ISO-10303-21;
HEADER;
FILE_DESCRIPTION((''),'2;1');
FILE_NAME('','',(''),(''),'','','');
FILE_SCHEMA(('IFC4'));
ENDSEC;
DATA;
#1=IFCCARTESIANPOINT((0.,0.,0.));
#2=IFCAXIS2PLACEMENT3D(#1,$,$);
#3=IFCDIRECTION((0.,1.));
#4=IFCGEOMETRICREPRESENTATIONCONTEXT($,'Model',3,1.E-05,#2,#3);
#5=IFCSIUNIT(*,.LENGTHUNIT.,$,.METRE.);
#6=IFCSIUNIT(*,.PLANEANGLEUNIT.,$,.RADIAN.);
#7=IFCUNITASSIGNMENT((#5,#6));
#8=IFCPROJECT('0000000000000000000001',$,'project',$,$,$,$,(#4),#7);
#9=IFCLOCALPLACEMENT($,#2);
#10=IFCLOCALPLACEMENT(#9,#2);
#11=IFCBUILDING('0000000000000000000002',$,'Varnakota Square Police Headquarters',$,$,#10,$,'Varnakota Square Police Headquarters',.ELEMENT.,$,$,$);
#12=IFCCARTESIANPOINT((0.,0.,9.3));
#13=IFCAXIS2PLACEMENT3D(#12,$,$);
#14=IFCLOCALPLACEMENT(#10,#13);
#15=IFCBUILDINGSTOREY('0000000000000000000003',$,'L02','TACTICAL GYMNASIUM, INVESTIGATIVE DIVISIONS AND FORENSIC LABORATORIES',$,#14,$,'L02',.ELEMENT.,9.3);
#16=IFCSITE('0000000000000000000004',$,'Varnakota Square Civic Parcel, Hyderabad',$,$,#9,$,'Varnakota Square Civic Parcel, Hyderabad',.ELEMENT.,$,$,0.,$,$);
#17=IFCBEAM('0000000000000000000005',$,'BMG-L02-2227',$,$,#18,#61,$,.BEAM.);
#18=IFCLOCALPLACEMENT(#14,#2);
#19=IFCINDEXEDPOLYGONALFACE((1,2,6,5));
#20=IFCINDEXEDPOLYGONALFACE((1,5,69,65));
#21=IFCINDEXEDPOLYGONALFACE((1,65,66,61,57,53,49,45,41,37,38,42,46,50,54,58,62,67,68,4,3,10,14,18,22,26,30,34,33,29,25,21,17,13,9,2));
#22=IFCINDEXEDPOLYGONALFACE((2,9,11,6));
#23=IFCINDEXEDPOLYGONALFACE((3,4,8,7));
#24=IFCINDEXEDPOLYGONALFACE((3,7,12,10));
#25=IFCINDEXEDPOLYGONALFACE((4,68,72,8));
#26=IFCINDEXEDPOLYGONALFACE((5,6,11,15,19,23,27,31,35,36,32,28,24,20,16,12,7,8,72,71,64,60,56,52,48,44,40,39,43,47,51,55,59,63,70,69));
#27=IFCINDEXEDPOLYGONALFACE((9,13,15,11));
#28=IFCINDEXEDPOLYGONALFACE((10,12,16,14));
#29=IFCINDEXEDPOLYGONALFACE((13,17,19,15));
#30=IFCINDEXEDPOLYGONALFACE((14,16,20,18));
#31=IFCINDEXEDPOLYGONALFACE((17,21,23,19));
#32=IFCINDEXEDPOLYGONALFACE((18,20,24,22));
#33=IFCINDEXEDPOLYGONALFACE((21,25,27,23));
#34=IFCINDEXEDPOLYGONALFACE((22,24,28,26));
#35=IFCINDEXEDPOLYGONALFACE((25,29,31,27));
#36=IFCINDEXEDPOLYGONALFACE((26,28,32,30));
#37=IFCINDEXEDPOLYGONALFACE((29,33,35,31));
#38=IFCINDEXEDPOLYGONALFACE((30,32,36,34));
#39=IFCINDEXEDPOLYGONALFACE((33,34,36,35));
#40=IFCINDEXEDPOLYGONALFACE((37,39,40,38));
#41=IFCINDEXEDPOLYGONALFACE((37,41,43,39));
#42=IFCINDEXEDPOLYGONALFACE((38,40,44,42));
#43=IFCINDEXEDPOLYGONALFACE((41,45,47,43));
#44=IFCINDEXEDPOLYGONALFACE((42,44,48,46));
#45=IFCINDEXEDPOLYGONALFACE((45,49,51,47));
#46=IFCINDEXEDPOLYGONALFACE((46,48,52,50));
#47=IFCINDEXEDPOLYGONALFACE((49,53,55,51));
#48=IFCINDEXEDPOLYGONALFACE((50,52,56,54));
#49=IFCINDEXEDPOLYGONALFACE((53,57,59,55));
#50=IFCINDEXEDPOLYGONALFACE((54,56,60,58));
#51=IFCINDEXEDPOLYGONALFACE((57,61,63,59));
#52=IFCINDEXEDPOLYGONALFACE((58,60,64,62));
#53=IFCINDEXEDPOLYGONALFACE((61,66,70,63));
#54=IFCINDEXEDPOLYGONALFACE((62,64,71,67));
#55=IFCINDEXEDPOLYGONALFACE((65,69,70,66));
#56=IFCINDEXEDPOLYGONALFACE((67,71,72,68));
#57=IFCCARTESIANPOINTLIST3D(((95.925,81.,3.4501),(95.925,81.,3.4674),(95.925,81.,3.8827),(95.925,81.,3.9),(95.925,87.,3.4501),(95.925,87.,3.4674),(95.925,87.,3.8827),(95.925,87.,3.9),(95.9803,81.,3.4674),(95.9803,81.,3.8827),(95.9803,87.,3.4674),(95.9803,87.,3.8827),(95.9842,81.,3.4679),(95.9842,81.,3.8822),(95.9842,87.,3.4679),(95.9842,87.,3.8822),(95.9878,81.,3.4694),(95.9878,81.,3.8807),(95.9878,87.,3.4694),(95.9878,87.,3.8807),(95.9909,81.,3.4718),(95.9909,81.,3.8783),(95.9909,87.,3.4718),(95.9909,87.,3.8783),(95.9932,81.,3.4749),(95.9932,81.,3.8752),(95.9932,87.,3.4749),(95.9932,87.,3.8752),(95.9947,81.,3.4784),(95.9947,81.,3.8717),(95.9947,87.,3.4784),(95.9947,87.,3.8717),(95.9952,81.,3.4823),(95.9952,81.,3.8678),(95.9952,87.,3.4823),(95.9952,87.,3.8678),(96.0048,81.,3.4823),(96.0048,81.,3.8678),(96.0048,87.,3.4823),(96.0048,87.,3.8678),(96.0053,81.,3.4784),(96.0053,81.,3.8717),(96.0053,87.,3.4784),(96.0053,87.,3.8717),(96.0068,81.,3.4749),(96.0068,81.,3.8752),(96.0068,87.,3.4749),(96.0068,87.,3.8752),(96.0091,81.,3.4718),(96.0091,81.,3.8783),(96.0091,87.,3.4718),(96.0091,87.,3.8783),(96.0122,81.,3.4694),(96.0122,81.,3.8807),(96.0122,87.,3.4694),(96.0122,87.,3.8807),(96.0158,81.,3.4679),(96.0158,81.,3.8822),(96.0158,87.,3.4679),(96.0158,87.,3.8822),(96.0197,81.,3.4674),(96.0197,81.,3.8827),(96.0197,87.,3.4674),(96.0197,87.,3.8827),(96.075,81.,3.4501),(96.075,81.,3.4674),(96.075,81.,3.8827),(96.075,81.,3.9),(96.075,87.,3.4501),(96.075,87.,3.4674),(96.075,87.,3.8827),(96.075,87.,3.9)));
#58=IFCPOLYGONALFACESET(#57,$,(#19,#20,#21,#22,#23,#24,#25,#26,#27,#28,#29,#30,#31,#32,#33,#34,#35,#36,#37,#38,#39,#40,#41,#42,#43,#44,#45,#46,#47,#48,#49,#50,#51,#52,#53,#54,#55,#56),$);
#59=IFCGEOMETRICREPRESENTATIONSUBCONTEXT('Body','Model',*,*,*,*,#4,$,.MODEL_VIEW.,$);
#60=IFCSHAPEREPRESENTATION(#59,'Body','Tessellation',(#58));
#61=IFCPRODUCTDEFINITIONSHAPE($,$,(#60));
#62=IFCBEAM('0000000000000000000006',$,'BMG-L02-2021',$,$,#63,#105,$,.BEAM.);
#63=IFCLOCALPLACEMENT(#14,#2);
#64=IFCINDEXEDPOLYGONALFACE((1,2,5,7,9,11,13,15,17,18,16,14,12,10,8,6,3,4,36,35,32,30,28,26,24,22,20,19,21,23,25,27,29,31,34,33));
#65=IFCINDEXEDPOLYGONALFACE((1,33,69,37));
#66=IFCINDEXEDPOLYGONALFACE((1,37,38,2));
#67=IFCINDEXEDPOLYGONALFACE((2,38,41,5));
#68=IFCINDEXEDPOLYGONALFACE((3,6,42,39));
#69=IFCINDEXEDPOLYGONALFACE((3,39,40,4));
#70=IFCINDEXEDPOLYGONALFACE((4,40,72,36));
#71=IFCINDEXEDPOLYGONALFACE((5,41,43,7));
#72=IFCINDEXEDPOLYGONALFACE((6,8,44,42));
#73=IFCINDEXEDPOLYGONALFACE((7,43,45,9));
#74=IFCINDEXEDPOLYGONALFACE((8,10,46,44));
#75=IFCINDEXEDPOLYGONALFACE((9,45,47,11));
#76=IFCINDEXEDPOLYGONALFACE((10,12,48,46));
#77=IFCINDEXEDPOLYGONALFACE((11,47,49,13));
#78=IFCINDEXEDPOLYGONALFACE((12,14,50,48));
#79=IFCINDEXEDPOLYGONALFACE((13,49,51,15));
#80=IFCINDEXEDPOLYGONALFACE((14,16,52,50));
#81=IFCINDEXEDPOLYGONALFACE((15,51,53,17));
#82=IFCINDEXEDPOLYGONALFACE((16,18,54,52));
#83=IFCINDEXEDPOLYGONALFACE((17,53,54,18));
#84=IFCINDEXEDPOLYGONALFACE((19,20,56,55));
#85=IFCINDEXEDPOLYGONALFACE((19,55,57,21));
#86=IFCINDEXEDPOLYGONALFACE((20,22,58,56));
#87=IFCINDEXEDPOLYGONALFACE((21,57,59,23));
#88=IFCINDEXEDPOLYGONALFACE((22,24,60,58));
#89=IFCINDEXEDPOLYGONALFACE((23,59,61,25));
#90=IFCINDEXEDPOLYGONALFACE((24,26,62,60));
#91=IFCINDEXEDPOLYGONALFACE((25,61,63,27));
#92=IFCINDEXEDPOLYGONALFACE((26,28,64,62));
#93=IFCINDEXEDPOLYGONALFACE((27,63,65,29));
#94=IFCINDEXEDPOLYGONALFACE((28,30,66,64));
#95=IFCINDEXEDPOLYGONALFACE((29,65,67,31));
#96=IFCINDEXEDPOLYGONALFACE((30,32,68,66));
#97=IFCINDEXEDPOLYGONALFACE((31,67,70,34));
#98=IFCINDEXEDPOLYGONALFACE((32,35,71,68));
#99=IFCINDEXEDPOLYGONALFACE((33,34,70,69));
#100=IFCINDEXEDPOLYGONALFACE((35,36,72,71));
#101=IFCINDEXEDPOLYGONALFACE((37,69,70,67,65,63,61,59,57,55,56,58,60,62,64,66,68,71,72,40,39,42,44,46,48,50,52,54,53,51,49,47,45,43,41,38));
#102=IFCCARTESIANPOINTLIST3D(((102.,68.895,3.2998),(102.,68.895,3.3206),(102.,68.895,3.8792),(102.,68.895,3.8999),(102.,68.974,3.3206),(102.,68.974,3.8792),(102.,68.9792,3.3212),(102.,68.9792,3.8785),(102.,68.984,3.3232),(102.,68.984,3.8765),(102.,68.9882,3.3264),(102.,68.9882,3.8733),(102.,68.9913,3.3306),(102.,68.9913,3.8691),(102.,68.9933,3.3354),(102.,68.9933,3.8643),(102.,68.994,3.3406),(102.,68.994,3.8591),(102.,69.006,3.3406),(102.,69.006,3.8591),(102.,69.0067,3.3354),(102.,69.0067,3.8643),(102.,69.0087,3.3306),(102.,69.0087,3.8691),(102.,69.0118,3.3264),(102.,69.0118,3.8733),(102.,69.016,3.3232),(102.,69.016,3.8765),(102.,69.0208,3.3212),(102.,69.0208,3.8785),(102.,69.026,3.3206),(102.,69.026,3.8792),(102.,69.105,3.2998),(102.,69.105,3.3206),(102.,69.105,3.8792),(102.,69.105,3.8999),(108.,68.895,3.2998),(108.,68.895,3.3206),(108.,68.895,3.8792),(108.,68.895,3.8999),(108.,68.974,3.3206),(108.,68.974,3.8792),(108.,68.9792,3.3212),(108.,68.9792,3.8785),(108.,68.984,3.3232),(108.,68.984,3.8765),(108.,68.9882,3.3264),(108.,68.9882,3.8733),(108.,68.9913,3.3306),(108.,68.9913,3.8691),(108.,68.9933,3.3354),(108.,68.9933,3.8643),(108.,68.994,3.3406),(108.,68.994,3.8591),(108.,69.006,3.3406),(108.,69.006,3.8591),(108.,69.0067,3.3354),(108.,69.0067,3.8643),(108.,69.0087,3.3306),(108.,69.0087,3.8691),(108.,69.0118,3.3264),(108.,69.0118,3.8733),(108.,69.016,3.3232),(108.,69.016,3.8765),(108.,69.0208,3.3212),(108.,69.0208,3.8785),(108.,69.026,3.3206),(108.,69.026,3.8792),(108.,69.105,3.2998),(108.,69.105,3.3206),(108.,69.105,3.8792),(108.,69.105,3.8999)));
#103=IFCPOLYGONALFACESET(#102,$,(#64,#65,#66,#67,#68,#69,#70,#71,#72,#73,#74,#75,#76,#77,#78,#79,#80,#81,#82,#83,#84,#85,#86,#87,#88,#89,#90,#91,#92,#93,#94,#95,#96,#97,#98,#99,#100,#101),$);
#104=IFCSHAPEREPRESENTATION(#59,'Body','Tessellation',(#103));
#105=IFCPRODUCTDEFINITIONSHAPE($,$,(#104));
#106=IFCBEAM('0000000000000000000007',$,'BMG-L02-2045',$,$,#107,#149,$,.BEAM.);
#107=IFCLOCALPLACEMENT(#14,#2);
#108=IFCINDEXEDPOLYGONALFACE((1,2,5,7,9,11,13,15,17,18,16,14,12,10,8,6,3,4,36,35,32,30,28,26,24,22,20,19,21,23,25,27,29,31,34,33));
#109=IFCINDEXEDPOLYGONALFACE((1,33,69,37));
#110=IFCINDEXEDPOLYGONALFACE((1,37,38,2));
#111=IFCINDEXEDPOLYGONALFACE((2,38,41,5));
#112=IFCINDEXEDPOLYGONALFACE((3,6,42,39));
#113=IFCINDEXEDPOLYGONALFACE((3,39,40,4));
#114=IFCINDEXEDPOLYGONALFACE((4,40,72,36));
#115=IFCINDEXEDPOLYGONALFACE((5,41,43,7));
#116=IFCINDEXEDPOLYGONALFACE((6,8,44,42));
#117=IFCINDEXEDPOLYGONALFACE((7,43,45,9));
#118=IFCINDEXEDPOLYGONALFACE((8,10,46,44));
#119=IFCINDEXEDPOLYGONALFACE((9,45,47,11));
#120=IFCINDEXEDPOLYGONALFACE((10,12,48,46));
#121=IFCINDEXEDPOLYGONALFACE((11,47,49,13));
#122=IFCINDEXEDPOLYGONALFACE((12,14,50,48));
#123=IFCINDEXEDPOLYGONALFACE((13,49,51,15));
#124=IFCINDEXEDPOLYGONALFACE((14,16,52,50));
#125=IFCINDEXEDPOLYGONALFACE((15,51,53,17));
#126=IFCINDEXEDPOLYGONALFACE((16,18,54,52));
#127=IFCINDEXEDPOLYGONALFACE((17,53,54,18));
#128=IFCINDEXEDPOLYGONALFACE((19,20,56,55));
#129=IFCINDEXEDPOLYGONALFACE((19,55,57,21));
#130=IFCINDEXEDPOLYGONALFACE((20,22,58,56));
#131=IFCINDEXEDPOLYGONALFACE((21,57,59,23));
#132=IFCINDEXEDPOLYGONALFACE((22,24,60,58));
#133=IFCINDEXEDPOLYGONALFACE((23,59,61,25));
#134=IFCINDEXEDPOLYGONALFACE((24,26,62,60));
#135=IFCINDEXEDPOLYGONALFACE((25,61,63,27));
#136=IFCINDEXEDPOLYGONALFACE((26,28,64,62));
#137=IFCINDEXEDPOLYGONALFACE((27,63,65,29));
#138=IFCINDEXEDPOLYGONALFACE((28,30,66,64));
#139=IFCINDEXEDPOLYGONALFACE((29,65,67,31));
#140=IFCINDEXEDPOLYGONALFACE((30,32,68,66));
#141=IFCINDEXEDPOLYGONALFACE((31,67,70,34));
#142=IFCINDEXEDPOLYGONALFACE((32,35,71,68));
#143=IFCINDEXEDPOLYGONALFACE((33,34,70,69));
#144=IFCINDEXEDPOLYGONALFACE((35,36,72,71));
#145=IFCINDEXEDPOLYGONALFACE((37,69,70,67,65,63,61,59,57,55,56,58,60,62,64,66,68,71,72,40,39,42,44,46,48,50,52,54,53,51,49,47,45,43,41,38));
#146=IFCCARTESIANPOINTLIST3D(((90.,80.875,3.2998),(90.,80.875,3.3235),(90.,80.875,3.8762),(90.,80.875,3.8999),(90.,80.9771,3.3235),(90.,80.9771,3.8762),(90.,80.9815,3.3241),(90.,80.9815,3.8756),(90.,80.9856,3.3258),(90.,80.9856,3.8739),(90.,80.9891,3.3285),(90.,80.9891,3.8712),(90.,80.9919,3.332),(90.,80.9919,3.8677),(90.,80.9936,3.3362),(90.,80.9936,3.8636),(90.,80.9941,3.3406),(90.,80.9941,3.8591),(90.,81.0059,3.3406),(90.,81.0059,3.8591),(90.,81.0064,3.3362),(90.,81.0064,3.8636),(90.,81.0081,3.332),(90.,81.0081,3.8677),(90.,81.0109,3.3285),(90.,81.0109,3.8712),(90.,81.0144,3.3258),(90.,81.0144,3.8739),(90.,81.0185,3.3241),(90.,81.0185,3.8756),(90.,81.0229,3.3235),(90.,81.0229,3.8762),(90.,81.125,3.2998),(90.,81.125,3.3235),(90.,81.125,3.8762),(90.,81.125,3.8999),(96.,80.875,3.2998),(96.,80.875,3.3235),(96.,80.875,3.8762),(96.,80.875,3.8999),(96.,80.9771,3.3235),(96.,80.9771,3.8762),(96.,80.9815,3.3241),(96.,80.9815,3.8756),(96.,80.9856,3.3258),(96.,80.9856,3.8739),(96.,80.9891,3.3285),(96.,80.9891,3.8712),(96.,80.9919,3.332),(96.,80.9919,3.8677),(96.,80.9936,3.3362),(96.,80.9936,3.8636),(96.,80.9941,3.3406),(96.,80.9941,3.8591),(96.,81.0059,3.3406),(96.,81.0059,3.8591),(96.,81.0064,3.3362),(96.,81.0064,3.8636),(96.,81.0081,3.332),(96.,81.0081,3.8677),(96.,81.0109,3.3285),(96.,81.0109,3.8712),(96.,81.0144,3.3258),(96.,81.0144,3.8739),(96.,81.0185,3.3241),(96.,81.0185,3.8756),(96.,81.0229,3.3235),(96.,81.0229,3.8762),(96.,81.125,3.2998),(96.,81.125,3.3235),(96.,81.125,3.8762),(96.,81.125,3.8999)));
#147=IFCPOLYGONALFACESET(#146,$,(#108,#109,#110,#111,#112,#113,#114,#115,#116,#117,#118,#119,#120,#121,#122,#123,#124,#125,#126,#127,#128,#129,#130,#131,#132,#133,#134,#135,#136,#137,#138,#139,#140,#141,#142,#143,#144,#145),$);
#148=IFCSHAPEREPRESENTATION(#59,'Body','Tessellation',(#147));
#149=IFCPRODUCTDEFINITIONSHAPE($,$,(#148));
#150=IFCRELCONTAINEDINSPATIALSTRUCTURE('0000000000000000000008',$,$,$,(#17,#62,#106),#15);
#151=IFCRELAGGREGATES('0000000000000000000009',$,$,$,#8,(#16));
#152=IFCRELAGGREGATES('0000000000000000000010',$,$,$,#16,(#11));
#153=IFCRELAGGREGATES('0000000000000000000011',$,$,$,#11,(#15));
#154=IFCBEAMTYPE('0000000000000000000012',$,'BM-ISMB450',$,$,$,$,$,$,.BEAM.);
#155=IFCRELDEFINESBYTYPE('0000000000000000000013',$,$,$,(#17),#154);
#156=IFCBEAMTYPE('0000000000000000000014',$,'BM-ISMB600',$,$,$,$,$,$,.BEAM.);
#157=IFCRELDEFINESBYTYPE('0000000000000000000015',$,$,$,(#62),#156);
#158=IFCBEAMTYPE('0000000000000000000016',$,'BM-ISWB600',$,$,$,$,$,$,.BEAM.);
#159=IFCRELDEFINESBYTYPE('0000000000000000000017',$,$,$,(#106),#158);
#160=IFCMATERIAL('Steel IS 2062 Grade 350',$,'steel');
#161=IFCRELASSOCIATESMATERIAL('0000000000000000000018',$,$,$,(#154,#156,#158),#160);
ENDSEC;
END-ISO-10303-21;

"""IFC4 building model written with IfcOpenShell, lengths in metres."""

from ifc_helpers import new_model, si_unit, direction, frame, origin, origin_2d, place, context, subcontext, project, spatial, i_section, extrude, material, material_profile, profile_set, type_object, element, save


model = new_model("IFC4")

# Units and contexts
model_context = context("Model", 3, precision=1e-05, world=origin(), true_north=direction((0.0, 1.0)))
body_context = subcontext(model_context, "Body", "Model", "MODEL_VIEW")
ifc_project = project(units=[si_unit("LENGTHUNIT", "METRE"), si_unit("PLANEANGLEUNIT", "RADIAN")], contexts=[model_context])

# Site, building, storey
site_placement = place(None, origin())
site = spatial("IfcSite", under=ifc_project, at=site_placement, Name="Varnakota Square Civic Parcel, Hyderabad", LongName="Varnakota Square Civic Parcel, Hyderabad", CompositionType="ELEMENT", RefElevation=0.0)
building_placement = place(site_placement, origin())
building = spatial("IfcBuilding", under=site, at=building_placement, Name="Varnakota Square Police Headquarters", LongName="Varnakota Square Police Headquarters", CompositionType="ELEMENT")
storey_placement = place(building_placement, frame((0.0, 0.0, 9.3)))
storey = spatial("IfcBuildingStorey", under=building, at=storey_placement, Name="L02", Description="TACTICAL GYMNASIUM, INVESTIGATIVE DIVISIONS AND FORENSIC LABORATORIES", LongName="L02", CompositionType="ELEMENT", Elevation=9.3)

# Shared definitions
ifc_material_1 = material(Name="Steel IS 2062 Grade 350", Category="steel")

# Beams
ifc_material_profile_1 = material_profile(ifc_material_1, i_section(OverallWidth=0.1499, OverallDepth=0.45, WebThickness=0.0095, FlangeThickness=0.0173, FilletRadius=0.0149, at=origin_2d()), Name="ISMB 450")
ifc_profile_set_1 = profile_set([ifc_material_profile_1], Name="Steel IS 2062 Grade 350")
beam_type_1 = type_object("IfcBeamType", Name="BM-ISMB450", PredefinedType="BEAM", material=ifc_profile_set_1)
for number, where, z_axis, x_axis, name in (
    (1, (96.0, 81.0, 3.675), (0.0, 1.0, 0.0), (-1.0, 0.0, 0.0), "BMG-L02-2227"),
):
    element("IfcBeam", number, at=place(storey_placement, frame(where, z_axis=z_axis, x_axis=x_axis)), inside=storey, type_object=beam_type_1, Name=name, PredefinedType="BEAM", context=body_context, shape_type="SweptSolid", body=[
        extrude(i_section(OverallWidth=0.1499, OverallDepth=0.45, WebThickness=0.0095, FlangeThickness=0.0173, FilletRadius=0.0149, at=origin_2d()), origin(), (0.0, 0.0, 1.0), 6.0),
    ])
ifc_material_profile_2 = material_profile(ifc_material_1, i_section(OverallWidth=0.21, OverallDepth=0.6001, WebThickness=0.012, FlangeThickness=0.0208, FilletRadius=0.02, at=origin_2d()), Name="ISMB 600")
ifc_profile_set_2 = profile_set([ifc_material_profile_2], Name="Steel IS 2062 Grade 350")
beam_type_2 = type_object("IfcBeamType", Name="BM-ISMB600", PredefinedType="BEAM", material=ifc_profile_set_2)
beam_1_placement = place(storey_placement, frame((102.0, 69.0, 3.5999), z_axis=(1.0, 0.0, 0.0), x_axis=(0.0, 1.0, 0.0)))
element("IfcBeam", 2, at=beam_1_placement, inside=storey, type_object=beam_type_2, Name="BMG-L02-2021", PredefinedType="BEAM", context=body_context, shape_type="SweptSolid", body=[
    extrude(i_section(OverallWidth=0.21, OverallDepth=0.6001, WebThickness=0.012, FlangeThickness=0.0208, FilletRadius=0.02, at=origin_2d()), origin(), (0.0, 0.0, 1.0), 6.0),
])
ifc_material_profile_3 = material_profile(ifc_material_1, i_section(OverallWidth=0.25, OverallDepth=0.6001, WebThickness=0.0117, FlangeThickness=0.0237, FilletRadius=0.0171, at=origin_2d()), Name="ISWB 600")
ifc_profile_set_3 = profile_set([ifc_material_profile_3], Name="Steel IS 2062 Grade 350")
beam_type_3 = type_object("IfcBeamType", Name="BM-ISWB600", PredefinedType="BEAM", material=ifc_profile_set_3)
beam_2_placement = place(storey_placement, frame((90.0, 81.0, 3.5999), z_axis=(1.0, 0.0, 0.0), x_axis=(0.0, 1.0, 0.0)))
element("IfcBeam", 3, at=beam_2_placement, inside=storey, type_object=beam_type_3, Name="BMG-L02-2045", PredefinedType="BEAM", context=body_context, shape_type="SweptSolid", body=[
    extrude(i_section(OverallWidth=0.25, OverallDepth=0.6001, WebThickness=0.0117, FlangeThickness=0.0237, FilletRadius=0.0171, at=origin_2d()), origin(), (0.0, 0.0, 1.0), 6.0),
])

save(model, "model.ifc")
